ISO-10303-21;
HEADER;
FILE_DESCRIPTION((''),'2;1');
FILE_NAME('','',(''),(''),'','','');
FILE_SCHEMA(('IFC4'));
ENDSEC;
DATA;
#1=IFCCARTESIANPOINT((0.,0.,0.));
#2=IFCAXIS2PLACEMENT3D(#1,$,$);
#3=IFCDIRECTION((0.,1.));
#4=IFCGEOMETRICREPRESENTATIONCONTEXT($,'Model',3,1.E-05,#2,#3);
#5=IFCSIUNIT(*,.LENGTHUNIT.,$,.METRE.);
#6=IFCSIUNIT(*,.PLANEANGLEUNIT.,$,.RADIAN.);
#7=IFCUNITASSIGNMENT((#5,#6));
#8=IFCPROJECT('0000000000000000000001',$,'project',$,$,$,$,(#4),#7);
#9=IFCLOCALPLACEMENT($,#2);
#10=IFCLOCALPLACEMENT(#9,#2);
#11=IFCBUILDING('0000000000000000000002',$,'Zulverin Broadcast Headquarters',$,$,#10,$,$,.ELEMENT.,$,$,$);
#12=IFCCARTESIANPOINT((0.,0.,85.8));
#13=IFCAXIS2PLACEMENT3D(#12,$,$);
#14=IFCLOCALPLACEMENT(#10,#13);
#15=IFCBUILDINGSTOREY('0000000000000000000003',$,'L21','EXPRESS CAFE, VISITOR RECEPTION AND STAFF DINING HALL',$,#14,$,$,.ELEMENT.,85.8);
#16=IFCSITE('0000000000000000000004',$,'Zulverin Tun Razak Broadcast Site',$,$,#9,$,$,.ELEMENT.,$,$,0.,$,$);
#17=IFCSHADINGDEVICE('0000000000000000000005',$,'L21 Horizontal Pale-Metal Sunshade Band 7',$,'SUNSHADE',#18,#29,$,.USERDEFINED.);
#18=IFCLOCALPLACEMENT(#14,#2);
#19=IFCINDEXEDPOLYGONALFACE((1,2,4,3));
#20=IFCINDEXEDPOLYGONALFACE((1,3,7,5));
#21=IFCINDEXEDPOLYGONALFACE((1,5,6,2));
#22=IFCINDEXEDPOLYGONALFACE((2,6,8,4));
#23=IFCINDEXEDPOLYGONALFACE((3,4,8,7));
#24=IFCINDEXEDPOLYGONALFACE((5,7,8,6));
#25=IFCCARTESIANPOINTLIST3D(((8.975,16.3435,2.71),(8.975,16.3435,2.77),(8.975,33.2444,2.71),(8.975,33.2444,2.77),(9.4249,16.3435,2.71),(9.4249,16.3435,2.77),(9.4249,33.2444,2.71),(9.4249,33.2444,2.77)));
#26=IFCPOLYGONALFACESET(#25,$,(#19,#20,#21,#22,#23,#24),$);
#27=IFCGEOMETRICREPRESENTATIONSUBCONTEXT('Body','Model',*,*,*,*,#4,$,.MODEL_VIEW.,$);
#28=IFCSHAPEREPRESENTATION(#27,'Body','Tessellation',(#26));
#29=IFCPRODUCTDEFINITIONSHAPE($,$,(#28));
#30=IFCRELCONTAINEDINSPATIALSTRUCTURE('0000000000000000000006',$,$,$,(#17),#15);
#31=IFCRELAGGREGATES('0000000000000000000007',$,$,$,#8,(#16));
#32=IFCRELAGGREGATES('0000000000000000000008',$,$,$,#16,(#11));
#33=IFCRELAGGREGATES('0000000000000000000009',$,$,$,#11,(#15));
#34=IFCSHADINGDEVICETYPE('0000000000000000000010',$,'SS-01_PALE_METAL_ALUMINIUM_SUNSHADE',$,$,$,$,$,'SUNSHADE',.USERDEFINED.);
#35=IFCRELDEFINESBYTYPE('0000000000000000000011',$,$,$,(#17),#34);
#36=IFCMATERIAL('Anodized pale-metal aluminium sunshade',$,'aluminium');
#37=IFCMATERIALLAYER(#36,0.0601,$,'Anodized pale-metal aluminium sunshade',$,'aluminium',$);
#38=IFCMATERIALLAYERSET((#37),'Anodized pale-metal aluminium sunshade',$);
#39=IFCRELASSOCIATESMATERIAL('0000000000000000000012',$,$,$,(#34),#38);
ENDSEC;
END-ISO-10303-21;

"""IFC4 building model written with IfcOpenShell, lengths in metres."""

from ifc_helpers import new_model, si_unit, direction, frame, origin, origin_2d, place, context, subcontext, project, spatial, rectangle, extrude, material, layer, layer_set, type_object, element, save


model = new_model("IFC4")

# Units and contexts
model_context = context("Model", 3, precision=1e-05, world=origin(), true_north=direction((0.0, 1.0)))
body_context = subcontext(model_context, "Body", "Model", "MODEL_VIEW")
ifc_project = project(units=[si_unit("LENGTHUNIT", "METRE"), si_unit("PLANEANGLEUNIT", "RADIAN")], contexts=[model_context])

# Site, building, storey
site_placement = place(None, origin())
site = spatial("IfcSite", under=ifc_project, at=site_placement, Name="Zulverin Tun Razak Broadcast Site", CompositionType="ELEMENT", RefElevation=0.0)
building_placement = place(site_placement, origin())
building = spatial("IfcBuilding", under=site, at=building_placement, Name="Zulverin Broadcast Headquarters", CompositionType="ELEMENT")
storey_placement = place(building_placement, frame((0.0, 0.0, 85.8)))
storey = spatial("IfcBuildingStorey", under=building, at=storey_placement, Name="L21", Description="EXPRESS CAFE, VISITOR RECEPTION AND STAFF DINING HALL", CompositionType="ELEMENT", Elevation=85.8)

# Shading device
ifc_material_1 = material(Name="Anodized pale-metal aluminium sunshade", Category="aluminium")
ifc_layer_1 = layer(ifc_material_1, 0.0601, Name="Anodized pale-metal aluminium sunshade", Category="aluminium")
ifc_layer_set_1 = layer_set([ifc_layer_1], Name="Anodized pale-metal aluminium sunshade")
shading_device_type = type_object("IfcShadingDeviceType", Name="SS-01_PALE_METAL_ALUMINIUM_SUNSHADE", ElementType="SUNSHADE", PredefinedType="USERDEFINED", material=ifc_layer_set_1)
shading_device_placement = place(storey_placement, frame((9.2, 24.7939, 2.71), z_axis=(0.0, 0.0, 1.0), x_axis=(0.0, -1.0, 0.0)))
element("IfcShadingDevice", 1, at=shading_device_placement, inside=storey, type_object=shading_device_type, Name="L21 Horizontal Pale-Metal Sunshade Band 7", ObjectType="SUNSHADE", PredefinedType="USERDEFINED", context=body_context, shape_type="SweptSolid", body=[
    extrude(rectangle(XDim=16.9009, YDim=0.45, at=origin_2d()), origin(), (0.0, 0.0, 1.0), 0.0601),
])

save(model, "model.ifc")
